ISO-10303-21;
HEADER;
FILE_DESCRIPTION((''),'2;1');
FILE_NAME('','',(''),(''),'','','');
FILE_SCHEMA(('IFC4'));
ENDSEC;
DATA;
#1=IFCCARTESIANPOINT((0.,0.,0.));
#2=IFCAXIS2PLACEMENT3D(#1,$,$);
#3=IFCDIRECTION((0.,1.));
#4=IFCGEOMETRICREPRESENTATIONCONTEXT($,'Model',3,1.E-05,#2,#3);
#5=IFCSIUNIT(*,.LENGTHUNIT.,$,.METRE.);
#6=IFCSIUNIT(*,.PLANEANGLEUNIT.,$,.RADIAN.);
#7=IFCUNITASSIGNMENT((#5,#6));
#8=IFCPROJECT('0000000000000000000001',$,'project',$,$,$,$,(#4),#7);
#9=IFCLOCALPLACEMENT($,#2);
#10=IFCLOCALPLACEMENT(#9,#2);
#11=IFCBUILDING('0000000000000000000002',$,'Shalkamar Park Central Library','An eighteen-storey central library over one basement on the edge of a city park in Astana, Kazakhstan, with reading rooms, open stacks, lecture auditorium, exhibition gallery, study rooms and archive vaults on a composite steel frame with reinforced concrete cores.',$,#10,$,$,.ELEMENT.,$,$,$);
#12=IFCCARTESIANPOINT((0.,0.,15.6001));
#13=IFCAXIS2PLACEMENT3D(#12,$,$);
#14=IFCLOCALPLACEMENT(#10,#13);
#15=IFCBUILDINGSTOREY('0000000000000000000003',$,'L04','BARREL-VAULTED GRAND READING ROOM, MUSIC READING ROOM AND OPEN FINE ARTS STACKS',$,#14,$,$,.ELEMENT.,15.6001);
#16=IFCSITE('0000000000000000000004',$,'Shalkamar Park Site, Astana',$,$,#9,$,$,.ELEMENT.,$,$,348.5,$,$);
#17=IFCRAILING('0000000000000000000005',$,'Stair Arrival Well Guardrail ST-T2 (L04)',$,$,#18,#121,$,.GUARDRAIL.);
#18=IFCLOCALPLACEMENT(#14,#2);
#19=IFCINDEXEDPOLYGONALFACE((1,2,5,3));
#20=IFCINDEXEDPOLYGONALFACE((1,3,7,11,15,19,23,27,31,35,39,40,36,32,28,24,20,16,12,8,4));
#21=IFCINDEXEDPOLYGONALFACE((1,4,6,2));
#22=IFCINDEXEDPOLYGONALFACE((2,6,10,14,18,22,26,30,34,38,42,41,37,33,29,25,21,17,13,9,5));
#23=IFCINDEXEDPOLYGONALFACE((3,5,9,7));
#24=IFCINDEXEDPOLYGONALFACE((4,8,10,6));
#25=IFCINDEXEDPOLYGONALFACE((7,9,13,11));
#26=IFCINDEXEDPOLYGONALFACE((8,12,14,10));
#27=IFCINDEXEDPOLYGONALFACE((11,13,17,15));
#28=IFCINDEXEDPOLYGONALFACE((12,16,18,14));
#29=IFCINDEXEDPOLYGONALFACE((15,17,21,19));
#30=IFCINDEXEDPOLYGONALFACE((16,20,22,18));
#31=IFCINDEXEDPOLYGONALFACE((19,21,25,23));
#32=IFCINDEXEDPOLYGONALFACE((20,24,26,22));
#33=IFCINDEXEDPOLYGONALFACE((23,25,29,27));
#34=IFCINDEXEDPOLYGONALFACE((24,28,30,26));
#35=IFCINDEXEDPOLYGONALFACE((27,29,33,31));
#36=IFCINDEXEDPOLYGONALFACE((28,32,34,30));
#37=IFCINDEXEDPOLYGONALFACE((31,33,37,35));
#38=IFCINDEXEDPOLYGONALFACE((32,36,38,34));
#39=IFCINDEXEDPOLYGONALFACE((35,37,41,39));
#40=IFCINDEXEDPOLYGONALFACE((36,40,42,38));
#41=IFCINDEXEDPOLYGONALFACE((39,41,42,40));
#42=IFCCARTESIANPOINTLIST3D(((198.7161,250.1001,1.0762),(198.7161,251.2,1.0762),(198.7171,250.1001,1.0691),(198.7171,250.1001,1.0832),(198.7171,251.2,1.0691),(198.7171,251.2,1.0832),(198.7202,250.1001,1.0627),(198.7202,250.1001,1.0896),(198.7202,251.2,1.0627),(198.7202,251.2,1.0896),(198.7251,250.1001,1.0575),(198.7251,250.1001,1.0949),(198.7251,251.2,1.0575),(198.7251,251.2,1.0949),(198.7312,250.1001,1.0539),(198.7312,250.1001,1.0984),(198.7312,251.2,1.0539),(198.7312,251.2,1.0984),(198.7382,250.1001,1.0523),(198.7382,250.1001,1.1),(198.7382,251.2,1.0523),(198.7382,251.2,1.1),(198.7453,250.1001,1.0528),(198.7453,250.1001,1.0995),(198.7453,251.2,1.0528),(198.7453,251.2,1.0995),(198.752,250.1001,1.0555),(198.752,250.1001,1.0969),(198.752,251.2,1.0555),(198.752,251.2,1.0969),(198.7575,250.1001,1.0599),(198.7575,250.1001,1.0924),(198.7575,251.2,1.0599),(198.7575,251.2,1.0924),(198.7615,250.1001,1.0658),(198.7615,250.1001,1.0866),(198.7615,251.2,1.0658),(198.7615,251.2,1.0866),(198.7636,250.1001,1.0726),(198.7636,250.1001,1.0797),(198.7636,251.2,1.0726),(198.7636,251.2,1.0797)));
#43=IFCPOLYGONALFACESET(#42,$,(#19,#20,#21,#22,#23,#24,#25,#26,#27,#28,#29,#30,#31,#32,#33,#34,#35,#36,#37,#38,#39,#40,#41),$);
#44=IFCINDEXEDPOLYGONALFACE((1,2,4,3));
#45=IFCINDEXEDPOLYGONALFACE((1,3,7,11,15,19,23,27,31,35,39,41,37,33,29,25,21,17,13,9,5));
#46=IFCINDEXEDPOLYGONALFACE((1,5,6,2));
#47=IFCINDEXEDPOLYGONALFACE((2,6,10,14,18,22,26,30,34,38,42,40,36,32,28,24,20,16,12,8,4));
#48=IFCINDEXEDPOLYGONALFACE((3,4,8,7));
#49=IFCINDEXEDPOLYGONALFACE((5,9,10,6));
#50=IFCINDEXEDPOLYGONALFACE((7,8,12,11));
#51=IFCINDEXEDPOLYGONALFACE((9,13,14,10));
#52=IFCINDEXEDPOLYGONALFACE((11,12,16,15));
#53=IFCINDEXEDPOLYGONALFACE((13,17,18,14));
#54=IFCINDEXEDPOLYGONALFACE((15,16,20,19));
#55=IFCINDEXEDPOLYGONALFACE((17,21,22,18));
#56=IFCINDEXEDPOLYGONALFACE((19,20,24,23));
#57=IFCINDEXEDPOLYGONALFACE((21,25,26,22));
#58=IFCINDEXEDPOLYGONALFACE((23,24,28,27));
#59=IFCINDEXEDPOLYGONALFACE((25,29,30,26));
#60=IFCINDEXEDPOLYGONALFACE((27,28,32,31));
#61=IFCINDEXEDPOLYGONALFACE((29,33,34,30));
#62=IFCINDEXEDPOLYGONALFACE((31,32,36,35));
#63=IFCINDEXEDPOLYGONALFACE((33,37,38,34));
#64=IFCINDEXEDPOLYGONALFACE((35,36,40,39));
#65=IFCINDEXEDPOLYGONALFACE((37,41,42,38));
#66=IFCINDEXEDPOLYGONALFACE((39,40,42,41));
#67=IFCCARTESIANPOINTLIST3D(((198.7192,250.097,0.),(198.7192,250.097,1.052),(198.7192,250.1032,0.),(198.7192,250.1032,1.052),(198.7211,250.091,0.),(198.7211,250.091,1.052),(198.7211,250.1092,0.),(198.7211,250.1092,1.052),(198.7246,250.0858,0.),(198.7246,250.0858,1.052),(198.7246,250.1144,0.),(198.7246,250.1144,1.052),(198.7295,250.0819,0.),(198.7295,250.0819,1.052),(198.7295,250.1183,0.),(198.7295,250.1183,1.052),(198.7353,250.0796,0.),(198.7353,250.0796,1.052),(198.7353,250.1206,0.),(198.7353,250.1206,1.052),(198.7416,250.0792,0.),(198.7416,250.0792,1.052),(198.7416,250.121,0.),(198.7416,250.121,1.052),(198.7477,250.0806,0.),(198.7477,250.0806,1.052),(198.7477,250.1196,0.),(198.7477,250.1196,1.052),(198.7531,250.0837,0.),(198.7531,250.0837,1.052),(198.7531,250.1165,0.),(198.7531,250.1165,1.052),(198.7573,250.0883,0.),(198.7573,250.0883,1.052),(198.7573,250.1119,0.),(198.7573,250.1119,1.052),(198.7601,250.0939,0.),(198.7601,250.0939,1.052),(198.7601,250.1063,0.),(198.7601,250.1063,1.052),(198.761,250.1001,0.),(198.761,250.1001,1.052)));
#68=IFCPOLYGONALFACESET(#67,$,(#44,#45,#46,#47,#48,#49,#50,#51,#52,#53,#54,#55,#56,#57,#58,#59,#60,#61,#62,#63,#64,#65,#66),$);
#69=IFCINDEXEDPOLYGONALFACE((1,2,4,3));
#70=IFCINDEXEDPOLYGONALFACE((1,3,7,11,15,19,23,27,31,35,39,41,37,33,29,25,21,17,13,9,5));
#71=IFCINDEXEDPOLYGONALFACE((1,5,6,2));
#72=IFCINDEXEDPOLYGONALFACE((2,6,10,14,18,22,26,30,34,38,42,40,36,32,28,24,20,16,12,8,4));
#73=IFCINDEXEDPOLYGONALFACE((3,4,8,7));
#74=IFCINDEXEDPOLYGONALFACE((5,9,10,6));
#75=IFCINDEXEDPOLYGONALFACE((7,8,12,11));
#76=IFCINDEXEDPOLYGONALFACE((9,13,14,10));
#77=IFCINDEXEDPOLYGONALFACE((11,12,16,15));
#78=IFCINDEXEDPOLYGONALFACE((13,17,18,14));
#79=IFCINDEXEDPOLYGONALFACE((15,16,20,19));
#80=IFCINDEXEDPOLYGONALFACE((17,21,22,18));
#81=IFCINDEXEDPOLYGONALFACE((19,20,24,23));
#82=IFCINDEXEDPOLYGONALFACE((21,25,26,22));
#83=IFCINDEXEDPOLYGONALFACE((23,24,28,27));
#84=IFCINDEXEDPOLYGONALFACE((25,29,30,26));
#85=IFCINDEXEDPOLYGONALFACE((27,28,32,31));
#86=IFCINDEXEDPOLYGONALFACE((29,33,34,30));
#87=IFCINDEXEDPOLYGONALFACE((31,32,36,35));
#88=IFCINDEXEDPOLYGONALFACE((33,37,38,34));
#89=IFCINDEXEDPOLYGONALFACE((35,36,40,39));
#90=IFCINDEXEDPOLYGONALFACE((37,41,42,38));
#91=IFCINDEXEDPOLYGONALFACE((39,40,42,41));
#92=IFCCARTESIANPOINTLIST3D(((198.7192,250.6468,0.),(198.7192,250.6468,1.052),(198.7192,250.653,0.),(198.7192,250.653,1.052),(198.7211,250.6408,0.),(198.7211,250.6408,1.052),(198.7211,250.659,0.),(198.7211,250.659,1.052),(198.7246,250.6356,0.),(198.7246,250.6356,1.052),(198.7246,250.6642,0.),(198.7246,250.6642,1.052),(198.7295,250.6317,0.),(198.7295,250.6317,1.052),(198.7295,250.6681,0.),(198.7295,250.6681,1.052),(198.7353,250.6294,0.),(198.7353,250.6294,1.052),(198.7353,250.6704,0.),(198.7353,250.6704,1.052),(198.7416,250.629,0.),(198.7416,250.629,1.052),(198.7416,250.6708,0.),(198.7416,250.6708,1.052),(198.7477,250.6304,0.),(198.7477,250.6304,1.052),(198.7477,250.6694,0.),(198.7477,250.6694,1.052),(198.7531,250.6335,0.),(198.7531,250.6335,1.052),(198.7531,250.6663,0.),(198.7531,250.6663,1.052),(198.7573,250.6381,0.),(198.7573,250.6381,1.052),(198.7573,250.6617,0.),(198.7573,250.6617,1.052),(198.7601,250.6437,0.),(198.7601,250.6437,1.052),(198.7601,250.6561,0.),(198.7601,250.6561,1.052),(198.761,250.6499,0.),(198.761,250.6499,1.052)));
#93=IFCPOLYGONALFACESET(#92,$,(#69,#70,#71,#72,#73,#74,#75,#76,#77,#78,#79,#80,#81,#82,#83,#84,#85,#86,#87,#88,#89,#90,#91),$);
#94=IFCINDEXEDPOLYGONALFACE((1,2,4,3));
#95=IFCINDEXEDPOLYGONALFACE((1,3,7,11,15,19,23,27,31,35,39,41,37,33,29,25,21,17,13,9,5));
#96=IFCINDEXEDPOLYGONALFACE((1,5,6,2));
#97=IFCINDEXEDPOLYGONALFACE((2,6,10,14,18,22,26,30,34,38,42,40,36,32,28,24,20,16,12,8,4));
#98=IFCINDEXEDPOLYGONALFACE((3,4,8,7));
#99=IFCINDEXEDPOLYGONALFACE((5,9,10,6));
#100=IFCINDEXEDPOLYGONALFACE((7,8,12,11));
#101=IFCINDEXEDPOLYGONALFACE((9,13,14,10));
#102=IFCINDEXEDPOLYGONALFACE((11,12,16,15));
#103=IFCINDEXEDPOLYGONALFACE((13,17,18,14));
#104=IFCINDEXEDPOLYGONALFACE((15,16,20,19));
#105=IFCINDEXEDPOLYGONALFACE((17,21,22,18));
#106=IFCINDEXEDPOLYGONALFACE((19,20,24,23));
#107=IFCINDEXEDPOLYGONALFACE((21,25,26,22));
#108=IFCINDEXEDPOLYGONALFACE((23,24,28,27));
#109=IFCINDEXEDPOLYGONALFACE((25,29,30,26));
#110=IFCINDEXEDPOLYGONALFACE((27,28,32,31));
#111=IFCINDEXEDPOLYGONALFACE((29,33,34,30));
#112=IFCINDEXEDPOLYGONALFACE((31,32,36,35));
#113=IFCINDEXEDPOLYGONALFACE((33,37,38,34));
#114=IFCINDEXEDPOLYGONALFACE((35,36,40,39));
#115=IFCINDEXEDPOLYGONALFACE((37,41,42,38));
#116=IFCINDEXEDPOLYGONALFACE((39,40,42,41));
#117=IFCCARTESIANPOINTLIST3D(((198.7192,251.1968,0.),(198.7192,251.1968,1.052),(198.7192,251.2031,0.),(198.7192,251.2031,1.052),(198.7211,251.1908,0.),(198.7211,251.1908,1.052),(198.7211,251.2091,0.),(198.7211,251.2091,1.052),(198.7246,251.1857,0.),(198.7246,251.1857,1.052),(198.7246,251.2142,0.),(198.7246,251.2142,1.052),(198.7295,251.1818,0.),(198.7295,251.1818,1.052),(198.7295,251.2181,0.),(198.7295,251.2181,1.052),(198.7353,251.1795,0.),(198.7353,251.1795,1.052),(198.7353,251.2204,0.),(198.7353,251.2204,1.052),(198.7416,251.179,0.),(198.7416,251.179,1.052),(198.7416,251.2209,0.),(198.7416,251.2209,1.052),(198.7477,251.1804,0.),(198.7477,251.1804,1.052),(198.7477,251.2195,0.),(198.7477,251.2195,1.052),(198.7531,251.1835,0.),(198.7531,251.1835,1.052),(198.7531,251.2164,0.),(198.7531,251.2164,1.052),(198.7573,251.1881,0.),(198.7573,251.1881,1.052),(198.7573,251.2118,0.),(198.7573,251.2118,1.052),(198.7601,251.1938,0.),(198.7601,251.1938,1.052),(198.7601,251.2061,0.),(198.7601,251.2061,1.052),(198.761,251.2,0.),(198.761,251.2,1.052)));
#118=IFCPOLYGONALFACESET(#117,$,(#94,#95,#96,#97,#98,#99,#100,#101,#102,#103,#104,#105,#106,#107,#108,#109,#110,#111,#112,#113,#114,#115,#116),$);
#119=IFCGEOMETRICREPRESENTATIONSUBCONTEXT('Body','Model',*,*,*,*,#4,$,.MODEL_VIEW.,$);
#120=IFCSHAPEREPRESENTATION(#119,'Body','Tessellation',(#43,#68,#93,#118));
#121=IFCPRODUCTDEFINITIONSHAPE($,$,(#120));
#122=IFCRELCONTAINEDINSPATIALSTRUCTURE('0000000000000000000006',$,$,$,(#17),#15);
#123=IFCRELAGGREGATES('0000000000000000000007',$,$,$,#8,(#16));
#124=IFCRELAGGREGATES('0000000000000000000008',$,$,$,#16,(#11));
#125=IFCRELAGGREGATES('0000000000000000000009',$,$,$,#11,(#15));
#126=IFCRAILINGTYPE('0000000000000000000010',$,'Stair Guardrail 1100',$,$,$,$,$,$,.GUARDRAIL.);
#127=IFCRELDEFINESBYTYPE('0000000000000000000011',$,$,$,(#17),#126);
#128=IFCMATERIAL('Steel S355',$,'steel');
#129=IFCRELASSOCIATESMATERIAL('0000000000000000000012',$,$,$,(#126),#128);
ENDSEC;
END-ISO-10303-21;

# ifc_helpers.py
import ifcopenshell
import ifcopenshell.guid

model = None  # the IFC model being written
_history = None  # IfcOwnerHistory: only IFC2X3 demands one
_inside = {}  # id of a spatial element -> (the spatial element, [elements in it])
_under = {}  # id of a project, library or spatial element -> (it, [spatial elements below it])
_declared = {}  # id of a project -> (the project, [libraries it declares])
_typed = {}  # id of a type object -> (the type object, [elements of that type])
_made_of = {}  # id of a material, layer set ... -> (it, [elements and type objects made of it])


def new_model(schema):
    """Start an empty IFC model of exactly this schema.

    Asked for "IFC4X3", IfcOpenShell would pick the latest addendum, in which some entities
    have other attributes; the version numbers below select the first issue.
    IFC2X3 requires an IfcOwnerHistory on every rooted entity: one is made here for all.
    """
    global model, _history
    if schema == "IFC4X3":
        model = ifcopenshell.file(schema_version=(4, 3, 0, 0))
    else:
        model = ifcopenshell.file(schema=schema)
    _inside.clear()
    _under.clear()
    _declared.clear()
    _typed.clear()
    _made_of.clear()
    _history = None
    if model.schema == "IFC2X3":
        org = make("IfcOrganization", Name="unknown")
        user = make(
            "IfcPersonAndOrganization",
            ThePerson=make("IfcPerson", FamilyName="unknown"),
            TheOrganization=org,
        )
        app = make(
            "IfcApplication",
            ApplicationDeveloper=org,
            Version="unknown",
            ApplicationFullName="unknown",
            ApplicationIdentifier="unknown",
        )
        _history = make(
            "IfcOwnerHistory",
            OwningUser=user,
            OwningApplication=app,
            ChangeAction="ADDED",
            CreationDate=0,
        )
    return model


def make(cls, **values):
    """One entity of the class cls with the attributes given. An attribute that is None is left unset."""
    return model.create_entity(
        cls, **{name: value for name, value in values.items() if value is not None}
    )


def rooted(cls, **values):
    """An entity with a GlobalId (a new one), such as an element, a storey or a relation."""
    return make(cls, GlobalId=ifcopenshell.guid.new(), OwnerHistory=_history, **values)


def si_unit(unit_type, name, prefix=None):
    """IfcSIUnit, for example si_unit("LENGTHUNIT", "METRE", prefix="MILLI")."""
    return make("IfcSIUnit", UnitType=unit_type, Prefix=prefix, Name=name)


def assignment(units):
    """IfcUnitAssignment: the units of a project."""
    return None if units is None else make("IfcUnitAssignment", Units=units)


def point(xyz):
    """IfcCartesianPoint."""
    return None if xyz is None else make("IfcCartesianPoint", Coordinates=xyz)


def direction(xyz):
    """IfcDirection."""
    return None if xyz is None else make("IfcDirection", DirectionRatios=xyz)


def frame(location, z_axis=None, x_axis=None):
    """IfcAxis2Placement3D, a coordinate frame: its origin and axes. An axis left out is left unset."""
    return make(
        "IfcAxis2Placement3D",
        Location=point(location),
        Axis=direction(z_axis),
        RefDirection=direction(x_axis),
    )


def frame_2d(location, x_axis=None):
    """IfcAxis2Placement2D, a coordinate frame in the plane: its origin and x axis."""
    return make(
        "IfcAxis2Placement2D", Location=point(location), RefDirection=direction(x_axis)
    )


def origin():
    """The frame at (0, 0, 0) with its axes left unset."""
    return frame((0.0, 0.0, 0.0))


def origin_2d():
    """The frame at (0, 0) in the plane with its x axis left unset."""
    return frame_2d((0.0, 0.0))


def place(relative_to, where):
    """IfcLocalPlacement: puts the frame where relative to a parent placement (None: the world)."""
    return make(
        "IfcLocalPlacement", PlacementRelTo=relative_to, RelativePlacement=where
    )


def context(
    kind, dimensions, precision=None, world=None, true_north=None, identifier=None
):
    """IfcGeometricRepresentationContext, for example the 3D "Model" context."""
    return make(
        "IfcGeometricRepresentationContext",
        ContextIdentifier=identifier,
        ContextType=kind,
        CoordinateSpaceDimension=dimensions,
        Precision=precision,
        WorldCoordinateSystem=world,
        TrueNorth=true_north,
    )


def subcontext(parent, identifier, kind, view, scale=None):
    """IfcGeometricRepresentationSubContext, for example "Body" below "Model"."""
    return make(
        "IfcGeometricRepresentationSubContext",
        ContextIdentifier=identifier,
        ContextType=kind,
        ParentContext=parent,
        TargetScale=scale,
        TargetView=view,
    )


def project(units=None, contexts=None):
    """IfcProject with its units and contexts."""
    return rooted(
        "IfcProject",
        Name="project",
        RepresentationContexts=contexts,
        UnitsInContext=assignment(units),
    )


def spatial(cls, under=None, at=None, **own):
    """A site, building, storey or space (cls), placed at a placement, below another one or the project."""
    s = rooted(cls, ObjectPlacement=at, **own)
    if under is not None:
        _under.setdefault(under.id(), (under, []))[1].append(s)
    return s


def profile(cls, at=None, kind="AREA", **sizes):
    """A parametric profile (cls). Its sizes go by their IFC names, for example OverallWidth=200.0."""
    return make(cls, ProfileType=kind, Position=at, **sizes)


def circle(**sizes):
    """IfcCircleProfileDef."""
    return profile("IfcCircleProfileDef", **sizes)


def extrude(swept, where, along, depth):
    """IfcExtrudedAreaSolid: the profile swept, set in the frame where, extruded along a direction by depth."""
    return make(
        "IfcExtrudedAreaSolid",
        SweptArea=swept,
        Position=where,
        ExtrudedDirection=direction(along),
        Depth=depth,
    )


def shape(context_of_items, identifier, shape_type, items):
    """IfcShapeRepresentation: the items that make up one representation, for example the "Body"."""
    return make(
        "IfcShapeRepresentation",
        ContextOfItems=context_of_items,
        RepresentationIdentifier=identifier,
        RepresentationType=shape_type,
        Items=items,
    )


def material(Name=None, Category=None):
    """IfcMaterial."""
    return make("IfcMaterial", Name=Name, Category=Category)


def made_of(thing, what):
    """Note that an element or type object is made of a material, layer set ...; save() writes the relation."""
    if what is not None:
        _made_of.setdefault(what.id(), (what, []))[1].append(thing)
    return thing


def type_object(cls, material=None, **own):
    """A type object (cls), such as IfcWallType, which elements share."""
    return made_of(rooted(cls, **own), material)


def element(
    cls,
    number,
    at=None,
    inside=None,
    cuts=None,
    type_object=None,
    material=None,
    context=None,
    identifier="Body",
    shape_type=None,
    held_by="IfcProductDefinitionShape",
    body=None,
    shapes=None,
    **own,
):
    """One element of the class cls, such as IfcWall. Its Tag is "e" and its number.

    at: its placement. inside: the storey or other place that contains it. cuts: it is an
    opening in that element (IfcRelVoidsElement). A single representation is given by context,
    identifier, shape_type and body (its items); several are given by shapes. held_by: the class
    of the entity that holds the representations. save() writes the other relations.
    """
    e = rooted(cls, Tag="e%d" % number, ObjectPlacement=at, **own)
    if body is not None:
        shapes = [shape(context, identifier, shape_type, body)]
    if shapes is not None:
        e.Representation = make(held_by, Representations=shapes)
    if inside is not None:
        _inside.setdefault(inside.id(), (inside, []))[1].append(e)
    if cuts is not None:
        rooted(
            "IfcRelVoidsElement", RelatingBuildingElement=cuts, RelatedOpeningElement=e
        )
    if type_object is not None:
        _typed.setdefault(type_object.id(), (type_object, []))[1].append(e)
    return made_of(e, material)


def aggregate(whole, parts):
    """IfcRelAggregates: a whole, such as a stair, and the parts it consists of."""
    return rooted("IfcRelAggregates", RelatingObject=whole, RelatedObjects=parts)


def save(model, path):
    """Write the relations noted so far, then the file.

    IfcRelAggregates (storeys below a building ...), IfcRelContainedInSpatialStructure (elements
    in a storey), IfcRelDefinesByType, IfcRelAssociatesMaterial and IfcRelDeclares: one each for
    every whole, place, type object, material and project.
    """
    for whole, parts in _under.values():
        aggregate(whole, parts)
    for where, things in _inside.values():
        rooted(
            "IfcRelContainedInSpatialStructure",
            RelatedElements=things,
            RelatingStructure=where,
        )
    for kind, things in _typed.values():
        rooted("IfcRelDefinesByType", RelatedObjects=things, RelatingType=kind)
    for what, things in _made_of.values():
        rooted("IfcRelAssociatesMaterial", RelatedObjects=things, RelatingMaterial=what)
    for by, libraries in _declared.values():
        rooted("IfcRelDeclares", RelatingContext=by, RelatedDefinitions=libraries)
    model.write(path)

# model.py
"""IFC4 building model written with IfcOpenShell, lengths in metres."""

from ifc_helpers import new_model, si_unit, direction, frame, origin, origin_2d, place, context, subcontext, project, spatial, circle, extrude, material, type_object, element, save


model = new_model("IFC4")

# Units and contexts
model_context = context("Model", 3, precision=1e-05, world=origin(), true_north=direction((0.0, 1.0)))
body_context = subcontext(model_context, "Body", "Model", "MODEL_VIEW")
ifc_project = project(units=[si_unit("LENGTHUNIT", "METRE"), si_unit("PLANEANGLEUNIT", "RADIAN")], contexts=[model_context])

# Site, building, storey
site_placement = place(None, origin())
site = spatial("IfcSite", under=ifc_project, at=site_placement, Name="Shalkamar Park Site, Astana", CompositionType="ELEMENT", RefElevation=348.5)
building_placement = place(site_placement, origin())
building = spatial("IfcBuilding", under=site, at=building_placement, Name="Shalkamar Park Central Library", Description="An eighteen-storey central library over one basement on the edge of a city park in Astana, Kazakhstan, with reading rooms, open stacks, lecture auditorium, exhibition gallery, study rooms and archive vaults on a composite steel frame with reinforced concrete cores.", CompositionType="ELEMENT")
storey_placement = place(building_placement, frame((0.0, 0.0, 15.6001)))
storey = spatial("IfcBuildingStorey", under=building, at=storey_placement, Name="L04", Description="BARREL-VAULTED GRAND READING ROOM, MUSIC READING ROOM AND OPEN FINE ARTS STACKS", CompositionType="ELEMENT", Elevation=15.6001)

# Shared definitions
ifc_material_1 = material(Name="Steel S355", Category="steel")

# Railing
railing_type_1 = type_object("IfcRailingType", Name="Stair Guardrail 1100", PredefinedType="GUARDRAIL", material=ifc_material_1)
railing_1_placement = place(storey_placement, frame((198.74, 250.1001, 0.0)))
element("IfcRailing", 1, at=railing_1_placement, inside=storey, type_object=railing_type_1, Name="Stair Arrival Well Guardrail ST-T2 (L04)", PredefinedType="GUARDRAIL", context=body_context, shape_type="SweptSolid", body=[
    extrude(circle(Radius=0.0239, at=origin_2d()), frame((0.0, 0.0, 1.0762), z_axis=(0.0, 1.0, 0.0), x_axis=(-1.0, 0.0, 0.0)), (0.0, 0.0, 1.0), 1.0999),
    extrude(circle(Radius=0.021, at=origin_2d()), origin(), (0.0, 0.0, 1.0), 1.052),
    extrude(circle(Radius=0.021, at=origin_2d()), frame((0.0, 0.5498, 0.0)), (0.0, 0.0, 1.0), 1.052),
    extrude(circle(Radius=0.021, at=origin_2d()), frame((0.0, 1.0999, 0.0)), (0.0, 0.0, 1.0), 1.052),
])

save(model, "model.ifc")
